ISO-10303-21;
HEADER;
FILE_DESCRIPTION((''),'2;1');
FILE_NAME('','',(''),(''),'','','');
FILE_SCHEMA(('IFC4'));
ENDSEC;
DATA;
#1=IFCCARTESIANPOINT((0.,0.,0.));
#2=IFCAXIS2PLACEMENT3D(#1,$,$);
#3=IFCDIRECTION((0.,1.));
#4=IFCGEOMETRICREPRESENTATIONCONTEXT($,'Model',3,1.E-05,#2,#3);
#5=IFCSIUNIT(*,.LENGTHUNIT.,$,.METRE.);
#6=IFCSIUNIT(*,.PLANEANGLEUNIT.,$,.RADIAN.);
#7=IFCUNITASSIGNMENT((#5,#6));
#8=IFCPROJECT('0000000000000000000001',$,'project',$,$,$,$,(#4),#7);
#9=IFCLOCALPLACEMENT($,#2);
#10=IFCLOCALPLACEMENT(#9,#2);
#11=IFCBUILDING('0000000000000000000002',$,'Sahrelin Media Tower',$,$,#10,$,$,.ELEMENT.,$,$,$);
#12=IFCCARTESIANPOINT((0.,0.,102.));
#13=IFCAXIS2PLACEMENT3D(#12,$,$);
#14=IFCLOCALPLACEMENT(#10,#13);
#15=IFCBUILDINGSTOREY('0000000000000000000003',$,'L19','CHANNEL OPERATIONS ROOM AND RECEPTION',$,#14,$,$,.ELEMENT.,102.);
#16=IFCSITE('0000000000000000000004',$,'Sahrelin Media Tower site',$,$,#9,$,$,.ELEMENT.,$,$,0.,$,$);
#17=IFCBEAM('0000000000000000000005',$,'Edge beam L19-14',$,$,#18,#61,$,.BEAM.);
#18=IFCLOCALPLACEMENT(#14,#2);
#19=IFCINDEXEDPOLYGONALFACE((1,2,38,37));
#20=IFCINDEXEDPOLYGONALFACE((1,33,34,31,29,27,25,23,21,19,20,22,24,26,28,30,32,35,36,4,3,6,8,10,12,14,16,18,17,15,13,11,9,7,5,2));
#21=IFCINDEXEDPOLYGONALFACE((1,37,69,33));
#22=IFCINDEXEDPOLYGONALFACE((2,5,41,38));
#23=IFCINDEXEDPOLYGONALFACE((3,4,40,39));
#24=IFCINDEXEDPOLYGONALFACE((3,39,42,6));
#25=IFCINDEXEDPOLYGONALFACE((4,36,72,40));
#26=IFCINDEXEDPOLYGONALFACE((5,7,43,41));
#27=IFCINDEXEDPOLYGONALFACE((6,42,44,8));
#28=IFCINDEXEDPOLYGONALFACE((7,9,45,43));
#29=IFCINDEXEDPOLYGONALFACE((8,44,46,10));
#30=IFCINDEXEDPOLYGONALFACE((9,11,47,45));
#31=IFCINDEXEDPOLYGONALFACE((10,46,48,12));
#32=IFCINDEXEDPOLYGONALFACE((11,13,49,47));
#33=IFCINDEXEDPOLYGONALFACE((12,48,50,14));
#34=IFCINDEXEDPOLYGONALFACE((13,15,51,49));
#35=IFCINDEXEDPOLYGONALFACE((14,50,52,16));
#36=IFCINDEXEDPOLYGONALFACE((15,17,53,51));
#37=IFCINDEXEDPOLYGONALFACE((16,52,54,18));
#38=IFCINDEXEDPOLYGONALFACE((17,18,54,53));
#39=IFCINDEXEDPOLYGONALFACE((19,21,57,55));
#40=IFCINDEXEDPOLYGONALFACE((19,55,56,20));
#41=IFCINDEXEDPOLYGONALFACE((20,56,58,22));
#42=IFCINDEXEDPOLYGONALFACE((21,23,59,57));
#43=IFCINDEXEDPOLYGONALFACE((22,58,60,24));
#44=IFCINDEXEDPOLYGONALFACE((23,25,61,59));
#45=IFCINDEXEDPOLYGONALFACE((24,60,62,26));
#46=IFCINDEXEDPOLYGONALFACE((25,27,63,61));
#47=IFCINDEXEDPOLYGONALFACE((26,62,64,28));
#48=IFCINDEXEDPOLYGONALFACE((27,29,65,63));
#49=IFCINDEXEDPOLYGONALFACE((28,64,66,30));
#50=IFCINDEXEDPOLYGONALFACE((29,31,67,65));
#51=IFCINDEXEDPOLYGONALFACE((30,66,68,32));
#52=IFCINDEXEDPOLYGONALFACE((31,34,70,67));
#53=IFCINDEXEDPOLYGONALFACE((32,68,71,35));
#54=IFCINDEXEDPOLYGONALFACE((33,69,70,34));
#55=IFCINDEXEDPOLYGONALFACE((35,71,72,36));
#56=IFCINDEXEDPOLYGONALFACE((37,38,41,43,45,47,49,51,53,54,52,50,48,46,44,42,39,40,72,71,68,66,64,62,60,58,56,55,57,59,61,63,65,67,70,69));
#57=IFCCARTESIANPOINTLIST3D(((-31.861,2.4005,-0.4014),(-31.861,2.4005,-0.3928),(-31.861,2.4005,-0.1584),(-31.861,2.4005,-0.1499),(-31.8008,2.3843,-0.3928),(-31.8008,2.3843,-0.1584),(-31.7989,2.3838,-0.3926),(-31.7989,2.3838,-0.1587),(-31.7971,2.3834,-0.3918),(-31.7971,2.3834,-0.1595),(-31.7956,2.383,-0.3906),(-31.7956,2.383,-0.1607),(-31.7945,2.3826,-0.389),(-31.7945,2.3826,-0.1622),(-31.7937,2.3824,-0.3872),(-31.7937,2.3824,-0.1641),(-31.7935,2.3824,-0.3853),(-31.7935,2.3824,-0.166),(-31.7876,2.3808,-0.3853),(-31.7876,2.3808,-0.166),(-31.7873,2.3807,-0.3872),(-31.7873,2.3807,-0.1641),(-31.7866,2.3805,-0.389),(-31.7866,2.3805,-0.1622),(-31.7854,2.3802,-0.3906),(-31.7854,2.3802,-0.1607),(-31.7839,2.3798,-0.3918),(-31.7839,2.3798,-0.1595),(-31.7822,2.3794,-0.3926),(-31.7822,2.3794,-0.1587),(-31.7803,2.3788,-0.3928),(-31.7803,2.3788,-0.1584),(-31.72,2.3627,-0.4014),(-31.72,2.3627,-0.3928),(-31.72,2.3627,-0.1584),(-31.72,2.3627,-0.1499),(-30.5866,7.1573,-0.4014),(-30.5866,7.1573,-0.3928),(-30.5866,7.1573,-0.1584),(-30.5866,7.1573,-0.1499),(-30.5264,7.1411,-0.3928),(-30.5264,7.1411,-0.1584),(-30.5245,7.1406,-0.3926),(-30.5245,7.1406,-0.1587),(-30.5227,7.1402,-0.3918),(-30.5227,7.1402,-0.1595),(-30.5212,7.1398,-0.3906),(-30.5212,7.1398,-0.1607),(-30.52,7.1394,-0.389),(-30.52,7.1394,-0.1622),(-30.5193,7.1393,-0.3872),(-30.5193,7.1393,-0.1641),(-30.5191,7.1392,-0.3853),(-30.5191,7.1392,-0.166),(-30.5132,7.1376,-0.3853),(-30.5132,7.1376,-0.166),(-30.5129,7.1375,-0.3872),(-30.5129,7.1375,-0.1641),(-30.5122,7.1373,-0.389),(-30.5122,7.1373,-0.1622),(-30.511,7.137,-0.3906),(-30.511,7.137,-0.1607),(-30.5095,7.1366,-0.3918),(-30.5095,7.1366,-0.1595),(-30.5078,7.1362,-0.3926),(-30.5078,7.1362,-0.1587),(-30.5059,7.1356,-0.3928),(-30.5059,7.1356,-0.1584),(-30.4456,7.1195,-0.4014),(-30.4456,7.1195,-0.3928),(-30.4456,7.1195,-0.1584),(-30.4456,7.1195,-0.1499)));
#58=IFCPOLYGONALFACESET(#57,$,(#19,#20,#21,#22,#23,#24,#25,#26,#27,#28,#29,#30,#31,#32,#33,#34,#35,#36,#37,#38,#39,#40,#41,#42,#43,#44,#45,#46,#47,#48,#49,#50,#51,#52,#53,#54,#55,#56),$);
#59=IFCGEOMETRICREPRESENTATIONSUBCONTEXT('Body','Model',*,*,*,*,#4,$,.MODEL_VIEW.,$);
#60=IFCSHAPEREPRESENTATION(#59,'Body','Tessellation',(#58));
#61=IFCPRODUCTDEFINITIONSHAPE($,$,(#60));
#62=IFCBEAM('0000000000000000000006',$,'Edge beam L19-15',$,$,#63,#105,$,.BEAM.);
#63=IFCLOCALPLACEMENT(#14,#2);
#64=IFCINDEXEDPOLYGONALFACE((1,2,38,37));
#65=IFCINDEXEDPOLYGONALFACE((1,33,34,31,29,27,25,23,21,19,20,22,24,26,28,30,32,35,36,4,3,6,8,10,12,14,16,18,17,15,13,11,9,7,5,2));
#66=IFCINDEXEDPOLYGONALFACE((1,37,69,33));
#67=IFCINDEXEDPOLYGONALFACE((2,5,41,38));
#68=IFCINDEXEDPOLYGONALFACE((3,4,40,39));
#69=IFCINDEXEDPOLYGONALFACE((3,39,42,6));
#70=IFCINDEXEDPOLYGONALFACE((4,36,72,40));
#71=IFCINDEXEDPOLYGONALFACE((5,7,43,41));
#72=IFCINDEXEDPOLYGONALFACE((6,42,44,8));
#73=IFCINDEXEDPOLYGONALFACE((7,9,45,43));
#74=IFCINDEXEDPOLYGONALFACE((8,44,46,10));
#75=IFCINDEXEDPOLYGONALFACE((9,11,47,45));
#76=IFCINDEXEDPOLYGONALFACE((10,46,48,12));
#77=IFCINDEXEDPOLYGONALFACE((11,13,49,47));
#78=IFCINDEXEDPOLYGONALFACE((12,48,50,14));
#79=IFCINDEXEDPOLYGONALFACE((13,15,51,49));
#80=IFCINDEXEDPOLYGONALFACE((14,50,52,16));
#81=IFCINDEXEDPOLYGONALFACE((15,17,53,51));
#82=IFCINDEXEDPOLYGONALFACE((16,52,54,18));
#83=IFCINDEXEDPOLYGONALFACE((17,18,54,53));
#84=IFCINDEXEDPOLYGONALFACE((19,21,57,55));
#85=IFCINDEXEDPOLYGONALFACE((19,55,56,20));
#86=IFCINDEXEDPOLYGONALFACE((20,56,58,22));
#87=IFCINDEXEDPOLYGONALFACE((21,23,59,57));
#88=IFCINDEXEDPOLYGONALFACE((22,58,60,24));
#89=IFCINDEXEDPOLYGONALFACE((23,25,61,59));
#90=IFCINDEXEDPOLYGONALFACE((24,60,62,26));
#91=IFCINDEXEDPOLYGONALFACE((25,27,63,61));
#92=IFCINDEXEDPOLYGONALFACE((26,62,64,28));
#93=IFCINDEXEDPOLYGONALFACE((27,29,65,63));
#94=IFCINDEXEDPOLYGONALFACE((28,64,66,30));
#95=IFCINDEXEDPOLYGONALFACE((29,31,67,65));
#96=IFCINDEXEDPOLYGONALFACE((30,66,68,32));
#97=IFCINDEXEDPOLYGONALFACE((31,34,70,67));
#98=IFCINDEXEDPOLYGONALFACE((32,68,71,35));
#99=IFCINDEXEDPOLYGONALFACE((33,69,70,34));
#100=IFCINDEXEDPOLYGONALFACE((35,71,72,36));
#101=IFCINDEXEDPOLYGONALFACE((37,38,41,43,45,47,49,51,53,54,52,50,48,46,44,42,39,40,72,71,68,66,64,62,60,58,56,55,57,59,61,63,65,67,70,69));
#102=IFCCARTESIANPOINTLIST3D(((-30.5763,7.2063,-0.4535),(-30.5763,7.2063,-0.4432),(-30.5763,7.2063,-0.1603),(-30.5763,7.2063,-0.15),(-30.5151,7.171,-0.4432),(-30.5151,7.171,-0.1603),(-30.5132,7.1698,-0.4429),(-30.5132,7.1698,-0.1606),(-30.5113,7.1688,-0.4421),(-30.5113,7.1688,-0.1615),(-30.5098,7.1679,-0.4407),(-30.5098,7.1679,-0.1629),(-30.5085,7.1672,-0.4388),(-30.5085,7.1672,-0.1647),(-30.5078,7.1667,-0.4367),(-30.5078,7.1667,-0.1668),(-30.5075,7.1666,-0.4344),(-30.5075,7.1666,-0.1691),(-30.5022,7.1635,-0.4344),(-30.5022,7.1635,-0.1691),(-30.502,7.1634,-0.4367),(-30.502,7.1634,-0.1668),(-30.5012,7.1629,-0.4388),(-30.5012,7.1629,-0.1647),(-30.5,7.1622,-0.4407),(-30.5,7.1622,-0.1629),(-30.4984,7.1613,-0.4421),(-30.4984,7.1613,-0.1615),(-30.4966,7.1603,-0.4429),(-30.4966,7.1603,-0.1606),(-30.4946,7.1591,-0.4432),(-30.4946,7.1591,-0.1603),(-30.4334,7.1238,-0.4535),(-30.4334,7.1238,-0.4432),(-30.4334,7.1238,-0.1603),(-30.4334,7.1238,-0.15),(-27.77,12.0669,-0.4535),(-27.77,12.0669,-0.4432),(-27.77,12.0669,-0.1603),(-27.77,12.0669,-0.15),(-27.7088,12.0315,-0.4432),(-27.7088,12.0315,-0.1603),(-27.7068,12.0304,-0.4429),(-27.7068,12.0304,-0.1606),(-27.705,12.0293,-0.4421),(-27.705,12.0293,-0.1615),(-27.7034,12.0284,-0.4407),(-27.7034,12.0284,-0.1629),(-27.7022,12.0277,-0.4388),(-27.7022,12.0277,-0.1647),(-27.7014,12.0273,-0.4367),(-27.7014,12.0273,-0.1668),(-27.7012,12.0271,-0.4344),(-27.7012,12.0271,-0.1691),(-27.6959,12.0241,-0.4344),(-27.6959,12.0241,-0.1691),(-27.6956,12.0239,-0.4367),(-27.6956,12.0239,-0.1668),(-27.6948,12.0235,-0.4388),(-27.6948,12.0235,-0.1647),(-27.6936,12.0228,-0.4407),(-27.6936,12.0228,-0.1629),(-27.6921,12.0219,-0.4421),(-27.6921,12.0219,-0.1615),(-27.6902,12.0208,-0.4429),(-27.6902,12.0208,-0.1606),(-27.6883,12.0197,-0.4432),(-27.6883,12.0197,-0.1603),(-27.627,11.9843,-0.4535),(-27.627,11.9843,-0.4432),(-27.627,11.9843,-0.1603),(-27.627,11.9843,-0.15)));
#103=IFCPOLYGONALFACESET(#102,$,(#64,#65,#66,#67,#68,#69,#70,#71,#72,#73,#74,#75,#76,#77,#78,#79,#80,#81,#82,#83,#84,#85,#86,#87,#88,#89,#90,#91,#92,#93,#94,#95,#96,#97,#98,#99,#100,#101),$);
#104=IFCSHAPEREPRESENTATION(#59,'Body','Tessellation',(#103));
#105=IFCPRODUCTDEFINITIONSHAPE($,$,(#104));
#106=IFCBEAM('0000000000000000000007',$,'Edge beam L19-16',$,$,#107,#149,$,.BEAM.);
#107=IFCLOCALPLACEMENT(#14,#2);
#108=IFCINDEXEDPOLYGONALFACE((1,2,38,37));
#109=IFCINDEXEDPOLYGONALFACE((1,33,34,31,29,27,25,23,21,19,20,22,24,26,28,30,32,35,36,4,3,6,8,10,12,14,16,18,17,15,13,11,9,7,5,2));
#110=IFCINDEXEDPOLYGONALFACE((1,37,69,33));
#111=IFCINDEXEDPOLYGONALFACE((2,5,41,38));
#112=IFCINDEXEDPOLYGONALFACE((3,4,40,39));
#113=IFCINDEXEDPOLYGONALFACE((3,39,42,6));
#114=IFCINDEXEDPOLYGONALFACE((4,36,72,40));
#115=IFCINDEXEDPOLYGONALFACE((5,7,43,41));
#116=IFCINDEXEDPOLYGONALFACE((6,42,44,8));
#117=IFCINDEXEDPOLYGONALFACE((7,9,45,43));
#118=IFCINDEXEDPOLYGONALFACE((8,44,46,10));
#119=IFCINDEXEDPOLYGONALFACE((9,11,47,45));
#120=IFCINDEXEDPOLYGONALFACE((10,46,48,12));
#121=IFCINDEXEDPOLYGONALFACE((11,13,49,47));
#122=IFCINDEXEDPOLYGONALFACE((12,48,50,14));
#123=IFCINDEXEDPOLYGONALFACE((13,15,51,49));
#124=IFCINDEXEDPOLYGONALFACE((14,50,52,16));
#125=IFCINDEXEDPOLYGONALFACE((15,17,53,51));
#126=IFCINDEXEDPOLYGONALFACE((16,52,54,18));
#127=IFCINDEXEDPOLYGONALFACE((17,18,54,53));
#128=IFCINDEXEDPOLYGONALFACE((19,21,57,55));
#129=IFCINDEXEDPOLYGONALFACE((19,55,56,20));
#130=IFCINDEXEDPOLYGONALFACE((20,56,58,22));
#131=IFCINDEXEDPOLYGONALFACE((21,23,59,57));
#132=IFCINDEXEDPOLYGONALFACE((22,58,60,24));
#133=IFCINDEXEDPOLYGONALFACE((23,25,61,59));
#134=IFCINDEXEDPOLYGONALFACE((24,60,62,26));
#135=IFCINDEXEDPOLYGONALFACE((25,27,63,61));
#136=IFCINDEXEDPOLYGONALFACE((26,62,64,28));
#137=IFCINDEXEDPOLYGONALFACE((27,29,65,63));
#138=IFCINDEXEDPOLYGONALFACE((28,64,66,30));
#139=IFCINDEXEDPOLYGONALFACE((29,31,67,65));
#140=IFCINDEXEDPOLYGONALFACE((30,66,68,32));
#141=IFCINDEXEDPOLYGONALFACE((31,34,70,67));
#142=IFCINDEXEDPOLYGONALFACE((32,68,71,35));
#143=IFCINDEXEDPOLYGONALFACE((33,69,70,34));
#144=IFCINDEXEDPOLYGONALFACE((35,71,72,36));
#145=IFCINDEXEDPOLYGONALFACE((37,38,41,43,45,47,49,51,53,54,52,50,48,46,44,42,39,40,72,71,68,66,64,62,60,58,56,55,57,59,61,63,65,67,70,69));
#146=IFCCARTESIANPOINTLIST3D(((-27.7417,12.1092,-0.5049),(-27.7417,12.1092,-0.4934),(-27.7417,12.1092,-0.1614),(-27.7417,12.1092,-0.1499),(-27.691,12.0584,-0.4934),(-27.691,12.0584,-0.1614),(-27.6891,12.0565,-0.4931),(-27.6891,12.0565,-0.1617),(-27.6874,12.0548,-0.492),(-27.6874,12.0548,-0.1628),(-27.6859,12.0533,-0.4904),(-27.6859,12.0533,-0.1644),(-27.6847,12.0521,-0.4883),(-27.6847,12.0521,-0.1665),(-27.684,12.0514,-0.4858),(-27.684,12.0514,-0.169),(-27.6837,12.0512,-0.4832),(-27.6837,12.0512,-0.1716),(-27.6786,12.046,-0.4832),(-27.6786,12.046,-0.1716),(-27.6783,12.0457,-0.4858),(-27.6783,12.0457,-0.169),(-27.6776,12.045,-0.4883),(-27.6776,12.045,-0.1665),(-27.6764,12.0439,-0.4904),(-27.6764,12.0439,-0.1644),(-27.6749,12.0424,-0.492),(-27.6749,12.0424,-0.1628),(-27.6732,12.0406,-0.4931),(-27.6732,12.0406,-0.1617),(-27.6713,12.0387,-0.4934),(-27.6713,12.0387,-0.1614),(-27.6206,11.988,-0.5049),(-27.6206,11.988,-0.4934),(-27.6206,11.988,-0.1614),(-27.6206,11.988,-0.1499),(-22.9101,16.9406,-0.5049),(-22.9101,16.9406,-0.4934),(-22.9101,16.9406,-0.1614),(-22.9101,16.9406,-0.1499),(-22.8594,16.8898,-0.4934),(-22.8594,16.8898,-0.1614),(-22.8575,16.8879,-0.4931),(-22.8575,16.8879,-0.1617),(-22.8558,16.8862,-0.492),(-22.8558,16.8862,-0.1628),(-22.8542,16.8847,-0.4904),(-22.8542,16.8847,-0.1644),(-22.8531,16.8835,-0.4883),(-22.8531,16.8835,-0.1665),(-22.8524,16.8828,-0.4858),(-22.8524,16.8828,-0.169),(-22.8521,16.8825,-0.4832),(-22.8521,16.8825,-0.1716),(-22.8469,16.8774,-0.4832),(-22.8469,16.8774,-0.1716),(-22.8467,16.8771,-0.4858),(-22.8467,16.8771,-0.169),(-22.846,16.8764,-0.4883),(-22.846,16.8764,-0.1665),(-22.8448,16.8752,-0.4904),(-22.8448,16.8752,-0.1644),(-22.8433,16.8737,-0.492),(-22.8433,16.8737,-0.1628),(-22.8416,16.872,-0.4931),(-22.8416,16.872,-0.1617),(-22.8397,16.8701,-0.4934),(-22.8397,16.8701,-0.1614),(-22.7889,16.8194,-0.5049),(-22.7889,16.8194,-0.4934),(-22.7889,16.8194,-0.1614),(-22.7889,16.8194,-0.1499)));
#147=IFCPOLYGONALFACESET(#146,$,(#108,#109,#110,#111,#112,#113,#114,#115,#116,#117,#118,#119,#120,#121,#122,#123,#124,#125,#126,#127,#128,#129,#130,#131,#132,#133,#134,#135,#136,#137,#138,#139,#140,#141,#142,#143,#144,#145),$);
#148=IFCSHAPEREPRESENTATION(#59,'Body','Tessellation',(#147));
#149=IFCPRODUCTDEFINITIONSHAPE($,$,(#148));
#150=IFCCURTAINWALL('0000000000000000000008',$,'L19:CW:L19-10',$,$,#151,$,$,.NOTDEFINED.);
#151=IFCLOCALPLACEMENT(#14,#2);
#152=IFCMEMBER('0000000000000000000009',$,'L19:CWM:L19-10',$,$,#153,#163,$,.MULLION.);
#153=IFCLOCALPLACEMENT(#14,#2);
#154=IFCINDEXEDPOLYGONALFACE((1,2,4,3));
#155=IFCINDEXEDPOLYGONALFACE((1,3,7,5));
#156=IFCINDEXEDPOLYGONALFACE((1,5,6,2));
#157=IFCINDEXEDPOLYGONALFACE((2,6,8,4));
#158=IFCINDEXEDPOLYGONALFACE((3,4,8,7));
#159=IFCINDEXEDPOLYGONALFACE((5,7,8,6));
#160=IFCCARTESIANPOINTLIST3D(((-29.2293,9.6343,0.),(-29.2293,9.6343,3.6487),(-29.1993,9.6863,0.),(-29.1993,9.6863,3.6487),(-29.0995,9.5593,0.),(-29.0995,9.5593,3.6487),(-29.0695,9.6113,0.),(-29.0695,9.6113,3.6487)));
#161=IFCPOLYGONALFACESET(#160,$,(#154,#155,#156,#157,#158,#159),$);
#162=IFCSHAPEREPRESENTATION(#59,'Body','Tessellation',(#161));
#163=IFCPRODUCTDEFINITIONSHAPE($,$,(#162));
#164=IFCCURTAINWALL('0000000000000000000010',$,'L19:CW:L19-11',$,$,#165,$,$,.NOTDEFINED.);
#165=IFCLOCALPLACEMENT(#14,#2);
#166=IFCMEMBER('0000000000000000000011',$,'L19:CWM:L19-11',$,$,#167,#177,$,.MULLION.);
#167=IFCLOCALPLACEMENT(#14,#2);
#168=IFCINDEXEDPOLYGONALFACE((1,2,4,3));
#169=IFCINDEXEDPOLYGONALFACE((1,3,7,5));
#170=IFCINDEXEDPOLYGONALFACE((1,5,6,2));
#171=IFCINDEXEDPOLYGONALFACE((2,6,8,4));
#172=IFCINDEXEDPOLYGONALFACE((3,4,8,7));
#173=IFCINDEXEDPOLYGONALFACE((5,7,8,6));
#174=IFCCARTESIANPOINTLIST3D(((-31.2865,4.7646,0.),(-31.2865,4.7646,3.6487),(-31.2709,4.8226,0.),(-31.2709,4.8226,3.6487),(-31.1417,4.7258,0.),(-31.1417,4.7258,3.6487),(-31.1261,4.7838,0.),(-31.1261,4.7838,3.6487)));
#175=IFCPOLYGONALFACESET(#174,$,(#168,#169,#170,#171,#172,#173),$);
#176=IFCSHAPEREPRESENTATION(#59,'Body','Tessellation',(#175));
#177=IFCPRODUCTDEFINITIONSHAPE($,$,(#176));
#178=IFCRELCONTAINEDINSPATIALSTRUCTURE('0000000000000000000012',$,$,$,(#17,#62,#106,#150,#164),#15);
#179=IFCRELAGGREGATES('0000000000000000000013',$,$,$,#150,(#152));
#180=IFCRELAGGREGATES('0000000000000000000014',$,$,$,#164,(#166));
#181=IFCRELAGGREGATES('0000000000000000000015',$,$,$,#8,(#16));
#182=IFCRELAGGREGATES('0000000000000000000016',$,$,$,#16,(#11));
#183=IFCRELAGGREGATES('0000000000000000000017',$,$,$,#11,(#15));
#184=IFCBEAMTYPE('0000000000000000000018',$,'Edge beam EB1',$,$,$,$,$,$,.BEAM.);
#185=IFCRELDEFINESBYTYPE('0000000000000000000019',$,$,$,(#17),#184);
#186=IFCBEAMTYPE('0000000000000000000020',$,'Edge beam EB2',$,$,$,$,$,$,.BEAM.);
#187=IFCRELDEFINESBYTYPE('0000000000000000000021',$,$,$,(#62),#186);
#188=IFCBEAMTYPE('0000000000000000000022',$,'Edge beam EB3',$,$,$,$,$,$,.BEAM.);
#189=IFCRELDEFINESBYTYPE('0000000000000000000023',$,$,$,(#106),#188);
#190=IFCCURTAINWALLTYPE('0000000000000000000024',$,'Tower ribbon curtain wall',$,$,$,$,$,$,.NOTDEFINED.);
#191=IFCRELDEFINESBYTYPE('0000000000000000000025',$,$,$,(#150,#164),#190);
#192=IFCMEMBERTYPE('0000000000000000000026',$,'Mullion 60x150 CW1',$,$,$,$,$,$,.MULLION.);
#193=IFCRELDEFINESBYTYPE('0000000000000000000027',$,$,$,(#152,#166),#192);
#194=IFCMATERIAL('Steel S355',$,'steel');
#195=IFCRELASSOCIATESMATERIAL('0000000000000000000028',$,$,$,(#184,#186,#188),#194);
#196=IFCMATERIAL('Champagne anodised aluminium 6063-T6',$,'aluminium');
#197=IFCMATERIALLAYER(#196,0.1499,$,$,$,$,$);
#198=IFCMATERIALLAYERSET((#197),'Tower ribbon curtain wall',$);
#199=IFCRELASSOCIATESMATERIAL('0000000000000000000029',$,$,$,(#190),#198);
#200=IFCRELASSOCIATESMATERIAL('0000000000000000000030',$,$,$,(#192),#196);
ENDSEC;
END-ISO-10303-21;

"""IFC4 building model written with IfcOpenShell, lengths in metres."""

from ifc_helpers import new_model, si_unit, direction, frame, origin, origin_2d, place, context, subcontext, project, spatial, rectangle, i_section, extrude, material, layer, layer_set, material_profile, profile_set, type_object, element, aggregate, save


model = new_model("IFC4")

# Units and contexts
model_context = context("Model", 3, precision=1e-05, world=origin(), true_north=direction((0.0, 1.0)))
body_context = subcontext(model_context, "Body", "Model", "MODEL_VIEW")
ifc_project = project(units=[si_unit("LENGTHUNIT", "METRE"), si_unit("PLANEANGLEUNIT", "RADIAN")], contexts=[model_context])

# Site, building, storey
site_placement = place(None, origin())
site = spatial("IfcSite", under=ifc_project, at=site_placement, Name="Sahrelin Media Tower site", CompositionType="ELEMENT", RefElevation=0.0)
building_placement = place(site_placement, origin())
building = spatial("IfcBuilding", under=site, at=building_placement, Name="Sahrelin Media Tower", CompositionType="ELEMENT")
storey_placement = place(building_placement, frame((0.0, 0.0, 102.0)))
storey = spatial("IfcBuildingStorey", under=building, at=storey_placement, Name="L19", Description="CHANNEL OPERATIONS ROOM AND RECEPTION", CompositionType="ELEMENT", Elevation=102.0)

# Beams
ifc_material_1 = material(Name="Steel S355", Category="steel")
ifc_material_profile_1 = material_profile(ifc_material_1, i_section(OverallWidth=0.146, OverallDepth=0.2515, WebThickness=0.0061, FlangeThickness=0.0085, FilletRadius=0.0076, at=origin_2d()), Name="UB 254x146x31")
ifc_profile_set_1 = profile_set([ifc_material_profile_1], Name="Steel S355")
beam_type_1 = type_object("IfcBeamType", Name="Edge beam EB1", PredefinedType="BEAM", material=ifc_profile_set_1)
beam_1_placement = place(storey_placement, frame((-31.7905, 2.3816, -0.2756), z_axis=(0.258786, 0.965935, 0.0), x_axis=(-0.965935, 0.258786, 0.0)))
element("IfcBeam", 1, at=beam_1_placement, inside=storey, type_object=beam_type_1, Name="Edge beam L19-14", PredefinedType="BEAM", context=body_context, shape_type="SweptSolid", body=[
    extrude(i_section(OverallWidth=0.146, OverallDepth=0.2515, WebThickness=0.0061, FlangeThickness=0.0085, FilletRadius=0.0076, at=origin_2d()), origin(), (0.0, 0.0, 1.0), 4.9246),
])
ifc_material_profile_2 = material_profile(ifc_material_1, i_section(OverallWidth=0.165, OverallDepth=0.3035, WebThickness=0.0061, FlangeThickness=0.0103, FilletRadius=0.0088, at=origin_2d()), Name="UB 305x165x40")
ifc_profile_set_2 = profile_set([ifc_material_profile_2], Name="Steel S355")
beam_type_2 = type_object("IfcBeamType", Name="Edge beam EB2", PredefinedType="BEAM", material=ifc_profile_set_2)
beam_2_placement = place(storey_placement, frame((-30.5049, 7.165, -0.3018), z_axis=(0.500017, 0.866015, 0.0), x_axis=(-0.866015, 0.500017, 0.0)))
element("IfcBeam", 2, at=beam_2_placement, inside=storey, type_object=beam_type_2, Name="Edge beam L19-15", PredefinedType="BEAM", context=body_context, shape_type="SweptSolid", body=[
    extrude(i_section(OverallWidth=0.165, OverallDepth=0.3035, WebThickness=0.0061, FlangeThickness=0.0103, FilletRadius=0.0088, at=origin_2d()), origin(), (0.0, 0.0, 1.0), 5.6125),
])
ifc_material_profile_3 = material_profile(ifc_material_1, i_section(OverallWidth=0.1714, OverallDepth=0.355, WebThickness=0.0073, FlangeThickness=0.0115, FilletRadius=0.0103, at=origin_2d()), Name="UB 356x171x51")
ifc_profile_set_3 = profile_set([ifc_material_profile_3], Name="Steel S355")
beam_type_3 = type_object("IfcBeamType", Name="Edge beam EB3", PredefinedType="BEAM", material=ifc_profile_set_3)
beam_3_placement = place(storey_placement, frame((-27.6812, 12.0486, -0.3274), z_axis=(0.707125, 0.707089, 0.0), x_axis=(-0.707089, 0.707125, 0.0)))
element("IfcBeam", 3, at=beam_3_placement, inside=storey, type_object=beam_type_3, Name="Edge beam L19-16", PredefinedType="BEAM", context=body_context, shape_type="SweptSolid", body=[
    extrude(i_section(OverallWidth=0.1714, OverallDepth=0.355, WebThickness=0.0073, FlangeThickness=0.0115, FilletRadius=0.0103, at=origin_2d()), origin(), (0.0, 0.0, 1.0), 6.8328),
])

# Curtain walls, members
ifc_material_2 = material(Name="Champagne anodised aluminium 6063-T6", Category="aluminium")
ifc_layer_1 = layer(ifc_material_2, 0.1499)
ifc_layer_set_1 = layer_set([ifc_layer_1], Name="Tower ribbon curtain wall")
curtain_wall_type = type_object("IfcCurtainWallType", Name="Tower ribbon curtain wall", PredefinedType="NOTDEFINED", material=ifc_layer_set_1)
curtain_wall_1_placement = place(storey_placement, frame((-29.2317, 9.6704, 0.0), z_axis=(0.0, 0.0, 1.0), x_axis=(1.0, 0.0, 0.0)))
curtain_wall_1 = element("IfcCurtainWall", 4, at=curtain_wall_1_placement, inside=storey, type_object=curtain_wall_type, Name="L19:CW:L19-10", PredefinedType="NOTDEFINED")
ifc_material_profile_4 = material_profile(ifc_material_2, rectangle(XDim=0.0601, YDim=0.1499, at=origin_2d()), Name="Mullion 60x150")
ifc_profile_set_4 = profile_set([ifc_material_profile_4], Name="Champagne anodised aluminium 6063-T6")
member_type_1 = type_object("IfcMemberType", Name="Mullion 60x150 CW1", PredefinedType="MULLION", material=ifc_profile_set_4)
member_1_placement = place(storey_placement, frame((-29.1494, 9.6228, 0.0), z_axis=(0.0, 0.0, 1.0), x_axis=(-0.500005, -0.866023, 0.0)))
member_1 = element("IfcMember", 5, at=member_1_placement, type_object=member_type_1, Name="L19:CWM:L19-10", PredefinedType="MULLION", context=body_context, shape_type="SweptSolid", body=[
    extrude(rectangle(XDim=0.0601, YDim=0.1499, at=origin_2d()), origin(), (0.0, 0.0, 1.0), 3.6487),
])
curtain_wall_2_placement = place(storey_placement, frame((-31.2981, 4.7988, 0.0), z_axis=(0.0, 0.0, 1.0), x_axis=(1.0, 0.0, 0.0)))
curtain_wall_2 = element("IfcCurtainWall", 6, at=curtain_wall_2_placement, inside=storey, type_object=curtain_wall_type, Name="L19:CW:L19-11", PredefinedType="NOTDEFINED")
member_2_placement = place(storey_placement, frame((-31.2063, 4.7742, 0.0), z_axis=(0.0, 0.0, 1.0), x_axis=(-0.258811, -0.965928, 0.0)))
member_2 = element("IfcMember", 7, at=member_2_placement, type_object=member_type_1, Name="L19:CWM:L19-11", PredefinedType="MULLION", context=body_context, shape_type="SweptSolid", body=[
    extrude(rectangle(XDim=0.0601, YDim=0.1499, at=origin_2d()), origin(), (0.0, 0.0, 1.0), 3.6487),
])

aggregate(curtain_wall_1, [member_1])

aggregate(curtain_wall_2, [member_2])

save(model, "model.ifc")
